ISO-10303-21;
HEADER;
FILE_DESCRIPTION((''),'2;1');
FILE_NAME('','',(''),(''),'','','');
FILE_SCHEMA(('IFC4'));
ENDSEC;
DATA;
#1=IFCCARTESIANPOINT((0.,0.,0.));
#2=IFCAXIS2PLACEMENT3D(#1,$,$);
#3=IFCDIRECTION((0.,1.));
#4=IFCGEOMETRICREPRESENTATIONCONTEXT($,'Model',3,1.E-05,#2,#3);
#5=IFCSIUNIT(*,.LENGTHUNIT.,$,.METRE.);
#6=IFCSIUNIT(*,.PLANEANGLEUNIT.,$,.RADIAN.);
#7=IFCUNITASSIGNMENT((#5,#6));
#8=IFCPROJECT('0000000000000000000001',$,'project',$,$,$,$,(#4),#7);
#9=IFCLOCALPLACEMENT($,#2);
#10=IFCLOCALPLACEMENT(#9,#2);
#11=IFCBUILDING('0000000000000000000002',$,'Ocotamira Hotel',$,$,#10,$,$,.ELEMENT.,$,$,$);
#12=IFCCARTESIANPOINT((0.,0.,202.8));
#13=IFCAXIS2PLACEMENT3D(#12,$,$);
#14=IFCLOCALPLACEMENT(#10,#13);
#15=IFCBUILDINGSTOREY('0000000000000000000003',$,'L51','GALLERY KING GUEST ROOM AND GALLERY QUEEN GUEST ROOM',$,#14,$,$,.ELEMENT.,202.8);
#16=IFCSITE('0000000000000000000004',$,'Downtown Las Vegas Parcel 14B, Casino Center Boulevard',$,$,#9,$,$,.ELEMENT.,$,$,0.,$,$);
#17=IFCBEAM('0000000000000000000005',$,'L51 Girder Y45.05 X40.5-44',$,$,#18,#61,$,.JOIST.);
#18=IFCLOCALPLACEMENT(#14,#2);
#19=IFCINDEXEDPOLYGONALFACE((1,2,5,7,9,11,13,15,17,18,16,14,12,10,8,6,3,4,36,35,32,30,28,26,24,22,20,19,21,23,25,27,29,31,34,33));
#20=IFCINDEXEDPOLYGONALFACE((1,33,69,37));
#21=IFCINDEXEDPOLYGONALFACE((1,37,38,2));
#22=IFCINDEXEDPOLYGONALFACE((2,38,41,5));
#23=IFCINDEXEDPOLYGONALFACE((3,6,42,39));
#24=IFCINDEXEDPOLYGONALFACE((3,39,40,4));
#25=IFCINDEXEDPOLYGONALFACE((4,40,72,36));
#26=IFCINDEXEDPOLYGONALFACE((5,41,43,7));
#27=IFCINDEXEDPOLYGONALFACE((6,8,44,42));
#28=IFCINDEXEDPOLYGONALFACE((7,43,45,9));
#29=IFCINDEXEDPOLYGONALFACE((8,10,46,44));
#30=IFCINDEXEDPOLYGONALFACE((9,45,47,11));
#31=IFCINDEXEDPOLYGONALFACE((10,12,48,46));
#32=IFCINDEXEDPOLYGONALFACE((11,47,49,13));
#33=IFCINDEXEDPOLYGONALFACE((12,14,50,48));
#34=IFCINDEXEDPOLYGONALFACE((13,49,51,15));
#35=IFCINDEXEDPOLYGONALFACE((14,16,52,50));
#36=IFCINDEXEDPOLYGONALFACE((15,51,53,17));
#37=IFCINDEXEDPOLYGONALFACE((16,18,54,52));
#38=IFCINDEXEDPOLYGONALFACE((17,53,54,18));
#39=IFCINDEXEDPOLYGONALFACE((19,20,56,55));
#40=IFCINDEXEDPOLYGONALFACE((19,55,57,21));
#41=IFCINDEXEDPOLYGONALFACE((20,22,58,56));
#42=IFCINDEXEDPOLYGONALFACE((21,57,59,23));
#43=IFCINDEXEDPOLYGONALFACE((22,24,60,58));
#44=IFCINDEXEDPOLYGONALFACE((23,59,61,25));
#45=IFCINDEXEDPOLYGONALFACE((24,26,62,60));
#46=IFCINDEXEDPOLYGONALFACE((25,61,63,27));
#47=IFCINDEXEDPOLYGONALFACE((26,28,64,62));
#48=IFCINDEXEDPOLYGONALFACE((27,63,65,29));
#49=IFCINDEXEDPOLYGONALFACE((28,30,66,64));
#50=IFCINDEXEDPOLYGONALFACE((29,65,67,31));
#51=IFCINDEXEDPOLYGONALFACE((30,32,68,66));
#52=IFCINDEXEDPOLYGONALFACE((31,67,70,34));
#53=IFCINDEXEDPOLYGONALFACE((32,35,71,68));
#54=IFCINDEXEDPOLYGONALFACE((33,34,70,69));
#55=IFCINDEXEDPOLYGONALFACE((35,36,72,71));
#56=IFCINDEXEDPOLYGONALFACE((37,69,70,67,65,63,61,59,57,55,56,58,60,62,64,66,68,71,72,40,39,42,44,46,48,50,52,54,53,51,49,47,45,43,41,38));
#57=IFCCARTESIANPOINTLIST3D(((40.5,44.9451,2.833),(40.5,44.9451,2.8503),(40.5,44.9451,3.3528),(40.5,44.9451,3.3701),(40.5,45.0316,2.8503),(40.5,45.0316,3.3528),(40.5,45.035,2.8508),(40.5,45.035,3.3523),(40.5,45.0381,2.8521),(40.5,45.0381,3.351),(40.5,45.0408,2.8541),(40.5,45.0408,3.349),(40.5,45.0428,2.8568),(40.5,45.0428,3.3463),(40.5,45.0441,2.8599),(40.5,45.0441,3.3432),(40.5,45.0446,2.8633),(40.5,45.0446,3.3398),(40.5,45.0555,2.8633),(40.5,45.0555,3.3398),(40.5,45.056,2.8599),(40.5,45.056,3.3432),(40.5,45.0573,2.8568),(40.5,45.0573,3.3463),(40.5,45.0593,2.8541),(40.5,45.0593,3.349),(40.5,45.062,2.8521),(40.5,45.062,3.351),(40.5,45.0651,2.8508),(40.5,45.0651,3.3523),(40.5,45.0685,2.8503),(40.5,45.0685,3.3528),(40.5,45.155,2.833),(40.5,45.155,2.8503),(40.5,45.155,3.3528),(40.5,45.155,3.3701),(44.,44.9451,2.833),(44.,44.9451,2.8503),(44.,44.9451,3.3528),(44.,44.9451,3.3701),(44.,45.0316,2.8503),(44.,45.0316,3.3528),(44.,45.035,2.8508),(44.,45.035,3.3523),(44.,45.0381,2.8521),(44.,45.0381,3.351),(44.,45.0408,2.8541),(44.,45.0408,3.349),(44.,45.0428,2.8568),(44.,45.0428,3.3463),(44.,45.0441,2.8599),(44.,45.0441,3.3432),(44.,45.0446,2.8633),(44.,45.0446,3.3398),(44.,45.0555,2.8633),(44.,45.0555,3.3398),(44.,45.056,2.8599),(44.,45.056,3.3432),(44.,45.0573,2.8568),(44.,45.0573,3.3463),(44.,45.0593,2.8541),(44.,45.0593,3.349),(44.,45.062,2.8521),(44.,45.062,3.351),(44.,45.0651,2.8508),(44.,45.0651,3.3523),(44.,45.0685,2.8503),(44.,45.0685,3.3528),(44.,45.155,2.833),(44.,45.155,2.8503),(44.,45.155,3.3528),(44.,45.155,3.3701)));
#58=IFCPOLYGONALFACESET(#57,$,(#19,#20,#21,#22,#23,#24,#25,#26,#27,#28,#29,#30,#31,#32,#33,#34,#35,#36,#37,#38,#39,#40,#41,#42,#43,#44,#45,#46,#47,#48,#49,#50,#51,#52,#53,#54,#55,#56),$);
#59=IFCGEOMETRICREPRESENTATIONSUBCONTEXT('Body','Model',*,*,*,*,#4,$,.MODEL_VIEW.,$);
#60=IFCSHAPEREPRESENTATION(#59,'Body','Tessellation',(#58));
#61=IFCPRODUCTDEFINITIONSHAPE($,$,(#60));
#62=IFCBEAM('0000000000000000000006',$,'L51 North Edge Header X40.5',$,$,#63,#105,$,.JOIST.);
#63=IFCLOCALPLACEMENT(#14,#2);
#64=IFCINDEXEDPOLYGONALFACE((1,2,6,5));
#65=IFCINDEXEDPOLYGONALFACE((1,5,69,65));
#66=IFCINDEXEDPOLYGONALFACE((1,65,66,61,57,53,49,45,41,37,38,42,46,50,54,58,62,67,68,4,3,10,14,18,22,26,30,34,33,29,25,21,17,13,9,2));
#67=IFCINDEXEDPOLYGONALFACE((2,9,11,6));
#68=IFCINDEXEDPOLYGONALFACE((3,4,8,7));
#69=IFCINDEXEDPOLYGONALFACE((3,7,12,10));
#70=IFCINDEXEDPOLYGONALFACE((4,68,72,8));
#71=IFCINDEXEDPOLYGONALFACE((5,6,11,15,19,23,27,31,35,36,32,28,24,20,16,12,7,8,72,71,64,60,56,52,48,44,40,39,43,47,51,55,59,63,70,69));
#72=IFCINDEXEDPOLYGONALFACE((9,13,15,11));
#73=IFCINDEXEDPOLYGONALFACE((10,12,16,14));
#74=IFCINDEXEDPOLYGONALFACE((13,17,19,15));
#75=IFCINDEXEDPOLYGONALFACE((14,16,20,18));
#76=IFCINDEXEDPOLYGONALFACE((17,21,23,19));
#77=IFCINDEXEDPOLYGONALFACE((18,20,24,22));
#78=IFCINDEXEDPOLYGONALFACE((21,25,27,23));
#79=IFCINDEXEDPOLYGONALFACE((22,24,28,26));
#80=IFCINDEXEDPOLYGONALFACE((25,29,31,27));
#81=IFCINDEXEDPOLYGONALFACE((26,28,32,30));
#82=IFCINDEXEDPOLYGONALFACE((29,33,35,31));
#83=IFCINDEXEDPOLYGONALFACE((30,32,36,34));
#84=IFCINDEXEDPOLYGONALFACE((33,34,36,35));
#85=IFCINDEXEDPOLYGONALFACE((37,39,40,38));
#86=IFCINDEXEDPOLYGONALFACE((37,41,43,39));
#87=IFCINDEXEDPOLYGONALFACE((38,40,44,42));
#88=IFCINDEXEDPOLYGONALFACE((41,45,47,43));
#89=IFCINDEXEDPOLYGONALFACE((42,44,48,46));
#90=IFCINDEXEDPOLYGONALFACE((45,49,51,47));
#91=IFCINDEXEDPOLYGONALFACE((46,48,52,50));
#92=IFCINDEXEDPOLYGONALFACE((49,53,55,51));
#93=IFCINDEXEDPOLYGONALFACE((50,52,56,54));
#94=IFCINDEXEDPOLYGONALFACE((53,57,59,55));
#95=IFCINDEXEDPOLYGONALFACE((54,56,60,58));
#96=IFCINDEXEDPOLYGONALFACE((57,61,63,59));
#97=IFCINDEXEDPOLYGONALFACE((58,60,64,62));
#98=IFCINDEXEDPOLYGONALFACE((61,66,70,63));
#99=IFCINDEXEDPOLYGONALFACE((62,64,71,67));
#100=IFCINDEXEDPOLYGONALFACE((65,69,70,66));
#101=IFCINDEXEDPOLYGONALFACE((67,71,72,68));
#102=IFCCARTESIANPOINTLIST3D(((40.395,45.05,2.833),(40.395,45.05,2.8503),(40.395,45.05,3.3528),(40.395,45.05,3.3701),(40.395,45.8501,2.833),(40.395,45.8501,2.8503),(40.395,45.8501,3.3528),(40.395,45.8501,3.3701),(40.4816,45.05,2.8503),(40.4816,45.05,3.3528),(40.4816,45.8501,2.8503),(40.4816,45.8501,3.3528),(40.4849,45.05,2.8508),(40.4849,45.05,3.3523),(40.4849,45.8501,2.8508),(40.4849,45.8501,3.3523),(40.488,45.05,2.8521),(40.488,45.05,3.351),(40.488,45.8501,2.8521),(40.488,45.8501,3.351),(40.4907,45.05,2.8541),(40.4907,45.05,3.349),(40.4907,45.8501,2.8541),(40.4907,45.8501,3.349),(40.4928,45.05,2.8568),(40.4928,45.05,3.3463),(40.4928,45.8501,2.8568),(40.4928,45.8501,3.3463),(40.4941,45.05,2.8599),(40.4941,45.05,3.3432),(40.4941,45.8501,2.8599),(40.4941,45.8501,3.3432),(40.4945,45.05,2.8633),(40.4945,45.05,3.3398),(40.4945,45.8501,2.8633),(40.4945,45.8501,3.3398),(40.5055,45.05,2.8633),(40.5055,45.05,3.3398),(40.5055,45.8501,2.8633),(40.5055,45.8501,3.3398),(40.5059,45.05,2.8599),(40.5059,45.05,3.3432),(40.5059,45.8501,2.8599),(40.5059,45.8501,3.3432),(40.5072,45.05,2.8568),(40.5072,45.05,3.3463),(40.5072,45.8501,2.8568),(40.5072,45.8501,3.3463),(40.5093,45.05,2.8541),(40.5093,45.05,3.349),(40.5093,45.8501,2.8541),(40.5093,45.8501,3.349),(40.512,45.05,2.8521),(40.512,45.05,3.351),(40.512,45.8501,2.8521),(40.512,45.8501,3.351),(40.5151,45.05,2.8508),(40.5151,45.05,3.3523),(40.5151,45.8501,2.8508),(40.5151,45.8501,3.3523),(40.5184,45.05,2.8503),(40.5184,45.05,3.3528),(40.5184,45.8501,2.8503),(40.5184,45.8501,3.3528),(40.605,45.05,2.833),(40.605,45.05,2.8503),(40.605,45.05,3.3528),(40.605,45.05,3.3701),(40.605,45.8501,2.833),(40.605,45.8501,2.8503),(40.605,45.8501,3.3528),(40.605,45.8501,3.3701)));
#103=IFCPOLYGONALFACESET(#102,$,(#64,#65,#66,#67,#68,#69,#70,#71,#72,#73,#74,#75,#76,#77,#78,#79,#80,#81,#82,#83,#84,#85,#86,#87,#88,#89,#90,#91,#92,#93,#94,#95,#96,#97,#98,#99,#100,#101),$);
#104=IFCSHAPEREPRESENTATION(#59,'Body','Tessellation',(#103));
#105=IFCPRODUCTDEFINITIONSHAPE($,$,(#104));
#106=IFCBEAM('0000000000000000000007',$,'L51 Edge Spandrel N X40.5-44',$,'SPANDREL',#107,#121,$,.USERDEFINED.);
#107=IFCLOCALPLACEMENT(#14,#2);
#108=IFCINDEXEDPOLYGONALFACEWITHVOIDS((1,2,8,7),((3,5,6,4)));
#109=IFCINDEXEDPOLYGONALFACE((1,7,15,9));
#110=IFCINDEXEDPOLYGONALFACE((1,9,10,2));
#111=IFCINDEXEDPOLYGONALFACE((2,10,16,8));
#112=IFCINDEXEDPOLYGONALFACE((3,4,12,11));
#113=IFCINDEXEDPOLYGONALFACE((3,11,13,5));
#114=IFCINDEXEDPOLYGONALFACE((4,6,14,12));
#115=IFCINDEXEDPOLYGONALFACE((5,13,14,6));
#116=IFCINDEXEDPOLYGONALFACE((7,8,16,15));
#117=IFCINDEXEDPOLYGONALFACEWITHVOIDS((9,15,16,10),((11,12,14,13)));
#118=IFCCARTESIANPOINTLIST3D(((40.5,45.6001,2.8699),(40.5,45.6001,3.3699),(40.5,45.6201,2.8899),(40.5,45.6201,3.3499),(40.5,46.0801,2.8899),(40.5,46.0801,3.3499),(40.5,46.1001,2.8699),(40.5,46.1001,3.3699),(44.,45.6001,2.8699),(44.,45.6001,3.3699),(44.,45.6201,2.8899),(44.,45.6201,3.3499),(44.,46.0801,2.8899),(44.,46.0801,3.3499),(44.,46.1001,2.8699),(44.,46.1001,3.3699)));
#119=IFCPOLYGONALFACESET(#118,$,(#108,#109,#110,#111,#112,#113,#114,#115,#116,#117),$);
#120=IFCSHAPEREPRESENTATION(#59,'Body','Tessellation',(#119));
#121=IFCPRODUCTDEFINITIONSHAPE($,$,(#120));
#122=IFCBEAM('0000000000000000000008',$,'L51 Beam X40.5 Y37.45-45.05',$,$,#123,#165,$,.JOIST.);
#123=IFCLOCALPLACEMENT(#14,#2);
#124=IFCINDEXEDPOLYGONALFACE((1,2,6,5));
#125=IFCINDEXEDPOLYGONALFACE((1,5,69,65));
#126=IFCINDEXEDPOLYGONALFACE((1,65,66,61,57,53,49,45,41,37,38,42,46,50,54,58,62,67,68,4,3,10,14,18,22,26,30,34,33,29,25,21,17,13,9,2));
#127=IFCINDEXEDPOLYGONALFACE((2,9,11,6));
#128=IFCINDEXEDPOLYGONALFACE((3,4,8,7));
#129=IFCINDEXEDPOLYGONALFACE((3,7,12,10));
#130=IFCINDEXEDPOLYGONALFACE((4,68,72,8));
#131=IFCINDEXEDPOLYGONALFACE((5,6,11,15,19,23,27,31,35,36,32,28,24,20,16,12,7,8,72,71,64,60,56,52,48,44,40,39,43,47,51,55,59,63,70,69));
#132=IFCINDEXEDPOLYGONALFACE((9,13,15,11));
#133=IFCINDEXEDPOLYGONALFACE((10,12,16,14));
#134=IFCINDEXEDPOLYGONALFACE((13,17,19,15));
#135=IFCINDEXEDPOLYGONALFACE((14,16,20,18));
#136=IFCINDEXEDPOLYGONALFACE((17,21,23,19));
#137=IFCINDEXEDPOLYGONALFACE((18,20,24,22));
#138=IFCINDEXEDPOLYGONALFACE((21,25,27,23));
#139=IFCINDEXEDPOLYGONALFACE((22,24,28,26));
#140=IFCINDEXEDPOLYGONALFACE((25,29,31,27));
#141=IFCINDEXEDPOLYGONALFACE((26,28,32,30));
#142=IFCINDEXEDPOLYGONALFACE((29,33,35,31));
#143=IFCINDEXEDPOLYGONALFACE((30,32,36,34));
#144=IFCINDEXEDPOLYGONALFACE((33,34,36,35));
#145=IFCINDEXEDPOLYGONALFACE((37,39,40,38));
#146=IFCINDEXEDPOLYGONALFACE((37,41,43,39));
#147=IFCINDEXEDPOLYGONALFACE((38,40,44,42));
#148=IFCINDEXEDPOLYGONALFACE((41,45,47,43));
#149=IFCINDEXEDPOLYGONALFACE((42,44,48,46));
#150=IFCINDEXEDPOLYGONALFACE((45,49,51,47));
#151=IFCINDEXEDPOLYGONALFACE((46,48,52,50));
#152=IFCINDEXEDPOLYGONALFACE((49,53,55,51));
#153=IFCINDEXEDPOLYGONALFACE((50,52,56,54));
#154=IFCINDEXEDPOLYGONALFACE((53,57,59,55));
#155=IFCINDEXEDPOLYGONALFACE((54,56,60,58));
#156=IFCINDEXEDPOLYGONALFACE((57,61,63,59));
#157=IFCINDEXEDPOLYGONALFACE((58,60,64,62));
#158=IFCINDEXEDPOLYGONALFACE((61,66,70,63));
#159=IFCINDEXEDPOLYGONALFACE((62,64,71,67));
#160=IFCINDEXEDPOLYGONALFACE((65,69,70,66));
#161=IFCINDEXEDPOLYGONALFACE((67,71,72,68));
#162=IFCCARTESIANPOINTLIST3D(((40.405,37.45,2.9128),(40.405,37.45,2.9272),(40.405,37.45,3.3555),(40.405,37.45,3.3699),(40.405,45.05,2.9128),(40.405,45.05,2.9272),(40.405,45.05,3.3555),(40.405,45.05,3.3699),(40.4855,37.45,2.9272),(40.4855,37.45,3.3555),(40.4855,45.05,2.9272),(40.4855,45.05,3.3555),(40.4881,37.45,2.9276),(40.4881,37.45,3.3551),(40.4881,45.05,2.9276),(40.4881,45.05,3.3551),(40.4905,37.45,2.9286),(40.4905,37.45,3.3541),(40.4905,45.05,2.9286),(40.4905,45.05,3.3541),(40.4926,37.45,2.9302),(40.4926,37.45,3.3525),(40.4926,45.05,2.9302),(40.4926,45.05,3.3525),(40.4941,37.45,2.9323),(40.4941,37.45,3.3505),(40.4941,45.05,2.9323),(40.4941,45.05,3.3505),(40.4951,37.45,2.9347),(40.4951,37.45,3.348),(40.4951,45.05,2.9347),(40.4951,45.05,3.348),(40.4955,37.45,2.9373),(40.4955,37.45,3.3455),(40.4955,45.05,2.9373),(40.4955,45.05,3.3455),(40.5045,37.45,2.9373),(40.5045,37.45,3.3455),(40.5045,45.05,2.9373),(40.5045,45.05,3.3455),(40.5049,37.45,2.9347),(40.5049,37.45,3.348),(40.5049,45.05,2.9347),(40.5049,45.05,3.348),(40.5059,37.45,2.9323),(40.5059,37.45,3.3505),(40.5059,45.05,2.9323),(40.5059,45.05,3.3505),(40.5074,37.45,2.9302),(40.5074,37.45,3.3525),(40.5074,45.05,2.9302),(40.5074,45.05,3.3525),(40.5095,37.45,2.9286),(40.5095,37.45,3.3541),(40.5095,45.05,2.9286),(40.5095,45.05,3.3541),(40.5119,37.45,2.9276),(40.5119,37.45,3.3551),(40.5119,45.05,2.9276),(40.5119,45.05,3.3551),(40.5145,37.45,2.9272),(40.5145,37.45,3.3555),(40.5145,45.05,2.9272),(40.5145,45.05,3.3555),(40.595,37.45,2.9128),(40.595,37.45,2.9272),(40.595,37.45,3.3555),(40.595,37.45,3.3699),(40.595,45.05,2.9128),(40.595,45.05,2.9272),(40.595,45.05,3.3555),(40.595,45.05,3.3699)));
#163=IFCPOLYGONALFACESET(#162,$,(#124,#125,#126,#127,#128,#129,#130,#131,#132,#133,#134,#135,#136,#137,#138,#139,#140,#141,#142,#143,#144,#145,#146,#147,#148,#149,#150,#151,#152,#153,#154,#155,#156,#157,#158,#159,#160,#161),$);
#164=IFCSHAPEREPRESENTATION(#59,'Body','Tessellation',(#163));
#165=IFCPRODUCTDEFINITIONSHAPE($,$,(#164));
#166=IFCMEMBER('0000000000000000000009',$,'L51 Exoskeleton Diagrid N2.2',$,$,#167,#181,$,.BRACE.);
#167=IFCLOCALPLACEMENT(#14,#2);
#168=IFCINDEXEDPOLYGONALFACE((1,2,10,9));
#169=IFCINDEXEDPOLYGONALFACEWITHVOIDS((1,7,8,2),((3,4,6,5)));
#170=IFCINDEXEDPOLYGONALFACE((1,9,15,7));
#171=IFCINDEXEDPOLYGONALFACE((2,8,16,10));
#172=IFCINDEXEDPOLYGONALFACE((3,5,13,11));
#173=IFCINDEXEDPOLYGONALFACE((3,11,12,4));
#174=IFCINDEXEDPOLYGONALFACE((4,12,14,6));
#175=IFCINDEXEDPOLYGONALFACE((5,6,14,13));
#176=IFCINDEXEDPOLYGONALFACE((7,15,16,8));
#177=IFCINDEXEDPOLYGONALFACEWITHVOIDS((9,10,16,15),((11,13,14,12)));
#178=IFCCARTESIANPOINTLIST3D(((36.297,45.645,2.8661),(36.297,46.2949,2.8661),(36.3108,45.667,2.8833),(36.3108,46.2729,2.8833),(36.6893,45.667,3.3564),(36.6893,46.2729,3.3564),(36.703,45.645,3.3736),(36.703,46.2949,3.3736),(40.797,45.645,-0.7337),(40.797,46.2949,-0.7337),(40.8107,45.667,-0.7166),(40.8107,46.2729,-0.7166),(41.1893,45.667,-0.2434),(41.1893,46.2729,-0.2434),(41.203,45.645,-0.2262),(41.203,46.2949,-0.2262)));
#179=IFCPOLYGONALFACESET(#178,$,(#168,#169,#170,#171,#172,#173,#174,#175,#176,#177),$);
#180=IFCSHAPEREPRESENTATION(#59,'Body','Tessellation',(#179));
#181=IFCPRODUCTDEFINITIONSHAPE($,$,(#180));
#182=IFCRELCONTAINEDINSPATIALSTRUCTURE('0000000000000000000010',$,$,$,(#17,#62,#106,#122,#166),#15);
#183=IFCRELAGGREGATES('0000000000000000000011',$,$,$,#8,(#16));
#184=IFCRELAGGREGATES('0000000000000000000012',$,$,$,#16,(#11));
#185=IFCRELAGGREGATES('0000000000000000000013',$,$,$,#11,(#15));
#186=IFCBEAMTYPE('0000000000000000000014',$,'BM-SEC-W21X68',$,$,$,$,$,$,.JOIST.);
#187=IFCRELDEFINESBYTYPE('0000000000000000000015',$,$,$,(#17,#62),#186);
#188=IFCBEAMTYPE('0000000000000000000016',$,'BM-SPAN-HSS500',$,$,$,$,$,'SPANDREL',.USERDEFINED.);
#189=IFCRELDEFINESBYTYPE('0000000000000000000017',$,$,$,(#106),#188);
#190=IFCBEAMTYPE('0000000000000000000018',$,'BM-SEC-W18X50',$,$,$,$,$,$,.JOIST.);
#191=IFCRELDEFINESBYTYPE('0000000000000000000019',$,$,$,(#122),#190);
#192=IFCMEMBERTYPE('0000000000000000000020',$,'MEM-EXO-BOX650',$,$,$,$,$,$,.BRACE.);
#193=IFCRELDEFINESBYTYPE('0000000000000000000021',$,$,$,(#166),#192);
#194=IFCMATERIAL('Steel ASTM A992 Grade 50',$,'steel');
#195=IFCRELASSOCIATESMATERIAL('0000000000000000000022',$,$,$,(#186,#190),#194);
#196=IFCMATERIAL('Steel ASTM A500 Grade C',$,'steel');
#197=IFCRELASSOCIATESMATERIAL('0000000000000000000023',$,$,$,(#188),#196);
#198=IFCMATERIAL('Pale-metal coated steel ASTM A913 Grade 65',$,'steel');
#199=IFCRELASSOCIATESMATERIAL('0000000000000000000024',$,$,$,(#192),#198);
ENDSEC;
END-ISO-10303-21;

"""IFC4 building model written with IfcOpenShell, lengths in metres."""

from ifc_helpers import new_model, si_unit, direction, frame, origin, origin_2d, place, context, subcontext, project, spatial, hollow_rectangle, i_section, extrude, source, transform, mapped, material, material_profile, profile_set, type_object, element, save


model = new_model("IFC4")

# Units and contexts
model_context = context("Model", 3, precision=1e-05, world=origin(), true_north=direction((0.0, 1.0)))
body_context = subcontext(model_context, "Body", "Model", "MODEL_VIEW")
ifc_project = project(units=[si_unit("LENGTHUNIT", "METRE"), si_unit("PLANEANGLEUNIT", "RADIAN")], contexts=[model_context])

# Site, building, storey
site_placement = place(None, origin())
site = spatial("IfcSite", under=ifc_project, at=site_placement, Name="Downtown Las Vegas Parcel 14B, Casino Center Boulevard", CompositionType="ELEMENT", RefElevation=0.0)
building_placement = place(site_placement, origin())
building = spatial("IfcBuilding", under=site, at=building_placement, Name="Ocotamira Hotel", CompositionType="ELEMENT")
storey_placement = place(building_placement, frame((0.0, 0.0, 202.8)))
storey = spatial("IfcBuildingStorey", under=building, at=storey_placement, Name="L51", Description="GALLERY KING GUEST ROOM AND GALLERY QUEEN GUEST ROOM", CompositionType="ELEMENT", Elevation=202.8)

# Beams
ifc_material_1 = material(Name="Steel ASTM A992 Grade 50", Category="steel")
ifc_material_profile_1 = material_profile(ifc_material_1, i_section(OverallWidth=0.21, OverallDepth=0.5371, WebThickness=0.011, FlangeThickness=0.0173, FilletRadius=0.0129, at=origin_2d()), Name="W21X68")
ifc_profile_set_1 = profile_set([ifc_material_profile_1], Name="Steel ASTM A992 Grade 50")
beam_type_1 = type_object("IfcBeamType", Name="BM-SEC-W21X68", PredefinedType="JOIST", material=ifc_profile_set_1)
shared_shape_1 = source(origin(), body_context, "Body", "SweptSolid", [
    extrude(i_section(OverallWidth=0.21, OverallDepth=0.5371, WebThickness=0.011, FlangeThickness=0.0173, FilletRadius=0.0129, at=origin_2d()), origin(), (0.0, 0.0, 1.0), 3.5),
])
beam_1_placement = place(storey_placement, frame((40.5, 45.05, 3.1016), z_axis=(1.0, 0.0, 0.0), x_axis=(0.0, 1.0, 0.0)))
element("IfcBeam", 1, at=beam_1_placement, inside=storey, type_object=beam_type_1, Name="L51 Girder Y45.05 X40.5-44", PredefinedType="JOIST", context=body_context, shape_type="MappedRepresentation", body=[
    mapped(shared_shape_1, transform((0.0, 0.0, 0.0), scale=1.0)),
])
shared_shape_2 = source(origin(), body_context, "Body", "SweptSolid", [
    extrude(i_section(OverallWidth=0.21, OverallDepth=0.5371, WebThickness=0.011, FlangeThickness=0.0173, FilletRadius=0.0129, at=origin_2d()), origin(), (0.0, 0.0, 1.0), 0.8),
])
beam_2_placement = place(storey_placement, frame((40.5, 45.05, 3.1016), z_axis=(0.0, 1.0, 0.0), x_axis=(-1.0, 0.0, 0.0)))
element("IfcBeam", 2, at=beam_2_placement, inside=storey, type_object=beam_type_1, Name="L51 North Edge Header X40.5", PredefinedType="JOIST", context=body_context, shape_type="MappedRepresentation", body=[
    mapped(shared_shape_2, transform((0.0, 0.0, 0.0), scale=1.0)),
])
ifc_material_2 = material(Name="Steel ASTM A500 Grade C", Category="steel")
ifc_material_profile_2 = material_profile(ifc_material_2, hollow_rectangle(XDim=0.5, YDim=0.5, WallThickness=0.02, at=origin_2d()), Name="HSS500X500X20")
ifc_profile_set_2 = profile_set([ifc_material_profile_2], Name="Steel ASTM A500 Grade C")
beam_type_2 = type_object("IfcBeamType", Name="BM-SPAN-HSS500", ElementType="SPANDREL", PredefinedType="USERDEFINED", material=ifc_profile_set_2)
shared_shape_3 = source(origin(), body_context, "Body", "SweptSolid", [
    extrude(hollow_rectangle(XDim=0.5, YDim=0.5, WallThickness=0.02, at=origin_2d()), origin(), (0.0, 0.0, 1.0), 3.5),
])
beam_3_placement = place(storey_placement, frame((40.5, 45.8501, 3.1199), z_axis=(1.0, 0.0, 0.0), x_axis=(0.0, 1.0, 0.0)))
element("IfcBeam", 3, at=beam_3_placement, inside=storey, type_object=beam_type_2, Name="L51 Edge Spandrel N X40.5-44", ObjectType="SPANDREL", PredefinedType="USERDEFINED", context=body_context, shape_type="MappedRepresentation", body=[
    mapped(shared_shape_3, transform((0.0, 0.0, 0.0), scale=1.0)),
])
ifc_material_profile_3 = material_profile(ifc_material_1, i_section(OverallWidth=0.1899, OverallDepth=0.457, WebThickness=0.009, FlangeThickness=0.0144, FilletRadius=0.01, at=origin_2d()), Name="W18X50")
ifc_profile_set_3 = profile_set([ifc_material_profile_3], Name="Steel ASTM A992 Grade 50")
beam_type_3 = type_object("IfcBeamType", Name="BM-SEC-W18X50", PredefinedType="JOIST", material=ifc_profile_set_3)
shared_shape_4 = source(origin(), body_context, "Body", "SweptSolid", [
    extrude(i_section(OverallWidth=0.1899, OverallDepth=0.457, WebThickness=0.009, FlangeThickness=0.0144, FilletRadius=0.01, at=origin_2d()), origin(), (0.0, 0.0, 1.0), 7.6001),
])
beam_4_placement = place(storey_placement, frame((40.5, 37.45, 3.1414), z_axis=(0.0, 1.0, 0.0), x_axis=(-1.0, 0.0, 0.0)))
element("IfcBeam", 4, at=beam_4_placement, inside=storey, type_object=beam_type_3, Name="L51 Beam X40.5 Y37.45-45.05", PredefinedType="JOIST", context=body_context, shape_type="MappedRepresentation", body=[
    mapped(shared_shape_4, transform((0.0, 0.0, 0.0), scale=1.0)),
])

# Member
ifc_material_3 = material(Name="Pale-metal coated steel ASTM A913 Grade 65", Category="steel")
ifc_material_profile_4 = material_profile(ifc_material_3, hollow_rectangle(XDim=0.6499, YDim=0.6499, WallThickness=0.022, at=origin_2d()), Name="BOX650X650X22")
ifc_profile_set_4 = profile_set([ifc_material_profile_4], Name="Pale-metal coated steel ASTM A913 Grade 65")
member_type_1 = type_object("IfcMemberType", Name="MEM-EXO-BOX650", PredefinedType="BRACE", material=ifc_profile_set_4)
shared_shape_5 = source(origin(), body_context, "Body", "SweptSolid", [
    extrude(hollow_rectangle(XDim=0.6499, YDim=0.6499, WallThickness=0.022, at=origin_2d()), origin(), (0.0, 0.0, 1.0), 5.7627),
])
for number, where, z_axis, x_axis, name in (
    (5, (41.0, 45.97, -0.48), (-0.780881, 0.0, 0.62468), (0.0, -1.0, 0.0), "L51 Exoskeleton Diagrid N2.2"),
):
    element("IfcMember", number, at=place(storey_placement, frame(where, z_axis=z_axis, x_axis=x_axis)), inside=storey, type_object=member_type_1, Name=name, PredefinedType="BRACE", context=body_context, shape_type="MappedRepresentation", body=[
        mapped(shared_shape_5, transform((0.0, 0.0, 0.0), scale=1.0)),
    ])

save(model, "model.ifc")
